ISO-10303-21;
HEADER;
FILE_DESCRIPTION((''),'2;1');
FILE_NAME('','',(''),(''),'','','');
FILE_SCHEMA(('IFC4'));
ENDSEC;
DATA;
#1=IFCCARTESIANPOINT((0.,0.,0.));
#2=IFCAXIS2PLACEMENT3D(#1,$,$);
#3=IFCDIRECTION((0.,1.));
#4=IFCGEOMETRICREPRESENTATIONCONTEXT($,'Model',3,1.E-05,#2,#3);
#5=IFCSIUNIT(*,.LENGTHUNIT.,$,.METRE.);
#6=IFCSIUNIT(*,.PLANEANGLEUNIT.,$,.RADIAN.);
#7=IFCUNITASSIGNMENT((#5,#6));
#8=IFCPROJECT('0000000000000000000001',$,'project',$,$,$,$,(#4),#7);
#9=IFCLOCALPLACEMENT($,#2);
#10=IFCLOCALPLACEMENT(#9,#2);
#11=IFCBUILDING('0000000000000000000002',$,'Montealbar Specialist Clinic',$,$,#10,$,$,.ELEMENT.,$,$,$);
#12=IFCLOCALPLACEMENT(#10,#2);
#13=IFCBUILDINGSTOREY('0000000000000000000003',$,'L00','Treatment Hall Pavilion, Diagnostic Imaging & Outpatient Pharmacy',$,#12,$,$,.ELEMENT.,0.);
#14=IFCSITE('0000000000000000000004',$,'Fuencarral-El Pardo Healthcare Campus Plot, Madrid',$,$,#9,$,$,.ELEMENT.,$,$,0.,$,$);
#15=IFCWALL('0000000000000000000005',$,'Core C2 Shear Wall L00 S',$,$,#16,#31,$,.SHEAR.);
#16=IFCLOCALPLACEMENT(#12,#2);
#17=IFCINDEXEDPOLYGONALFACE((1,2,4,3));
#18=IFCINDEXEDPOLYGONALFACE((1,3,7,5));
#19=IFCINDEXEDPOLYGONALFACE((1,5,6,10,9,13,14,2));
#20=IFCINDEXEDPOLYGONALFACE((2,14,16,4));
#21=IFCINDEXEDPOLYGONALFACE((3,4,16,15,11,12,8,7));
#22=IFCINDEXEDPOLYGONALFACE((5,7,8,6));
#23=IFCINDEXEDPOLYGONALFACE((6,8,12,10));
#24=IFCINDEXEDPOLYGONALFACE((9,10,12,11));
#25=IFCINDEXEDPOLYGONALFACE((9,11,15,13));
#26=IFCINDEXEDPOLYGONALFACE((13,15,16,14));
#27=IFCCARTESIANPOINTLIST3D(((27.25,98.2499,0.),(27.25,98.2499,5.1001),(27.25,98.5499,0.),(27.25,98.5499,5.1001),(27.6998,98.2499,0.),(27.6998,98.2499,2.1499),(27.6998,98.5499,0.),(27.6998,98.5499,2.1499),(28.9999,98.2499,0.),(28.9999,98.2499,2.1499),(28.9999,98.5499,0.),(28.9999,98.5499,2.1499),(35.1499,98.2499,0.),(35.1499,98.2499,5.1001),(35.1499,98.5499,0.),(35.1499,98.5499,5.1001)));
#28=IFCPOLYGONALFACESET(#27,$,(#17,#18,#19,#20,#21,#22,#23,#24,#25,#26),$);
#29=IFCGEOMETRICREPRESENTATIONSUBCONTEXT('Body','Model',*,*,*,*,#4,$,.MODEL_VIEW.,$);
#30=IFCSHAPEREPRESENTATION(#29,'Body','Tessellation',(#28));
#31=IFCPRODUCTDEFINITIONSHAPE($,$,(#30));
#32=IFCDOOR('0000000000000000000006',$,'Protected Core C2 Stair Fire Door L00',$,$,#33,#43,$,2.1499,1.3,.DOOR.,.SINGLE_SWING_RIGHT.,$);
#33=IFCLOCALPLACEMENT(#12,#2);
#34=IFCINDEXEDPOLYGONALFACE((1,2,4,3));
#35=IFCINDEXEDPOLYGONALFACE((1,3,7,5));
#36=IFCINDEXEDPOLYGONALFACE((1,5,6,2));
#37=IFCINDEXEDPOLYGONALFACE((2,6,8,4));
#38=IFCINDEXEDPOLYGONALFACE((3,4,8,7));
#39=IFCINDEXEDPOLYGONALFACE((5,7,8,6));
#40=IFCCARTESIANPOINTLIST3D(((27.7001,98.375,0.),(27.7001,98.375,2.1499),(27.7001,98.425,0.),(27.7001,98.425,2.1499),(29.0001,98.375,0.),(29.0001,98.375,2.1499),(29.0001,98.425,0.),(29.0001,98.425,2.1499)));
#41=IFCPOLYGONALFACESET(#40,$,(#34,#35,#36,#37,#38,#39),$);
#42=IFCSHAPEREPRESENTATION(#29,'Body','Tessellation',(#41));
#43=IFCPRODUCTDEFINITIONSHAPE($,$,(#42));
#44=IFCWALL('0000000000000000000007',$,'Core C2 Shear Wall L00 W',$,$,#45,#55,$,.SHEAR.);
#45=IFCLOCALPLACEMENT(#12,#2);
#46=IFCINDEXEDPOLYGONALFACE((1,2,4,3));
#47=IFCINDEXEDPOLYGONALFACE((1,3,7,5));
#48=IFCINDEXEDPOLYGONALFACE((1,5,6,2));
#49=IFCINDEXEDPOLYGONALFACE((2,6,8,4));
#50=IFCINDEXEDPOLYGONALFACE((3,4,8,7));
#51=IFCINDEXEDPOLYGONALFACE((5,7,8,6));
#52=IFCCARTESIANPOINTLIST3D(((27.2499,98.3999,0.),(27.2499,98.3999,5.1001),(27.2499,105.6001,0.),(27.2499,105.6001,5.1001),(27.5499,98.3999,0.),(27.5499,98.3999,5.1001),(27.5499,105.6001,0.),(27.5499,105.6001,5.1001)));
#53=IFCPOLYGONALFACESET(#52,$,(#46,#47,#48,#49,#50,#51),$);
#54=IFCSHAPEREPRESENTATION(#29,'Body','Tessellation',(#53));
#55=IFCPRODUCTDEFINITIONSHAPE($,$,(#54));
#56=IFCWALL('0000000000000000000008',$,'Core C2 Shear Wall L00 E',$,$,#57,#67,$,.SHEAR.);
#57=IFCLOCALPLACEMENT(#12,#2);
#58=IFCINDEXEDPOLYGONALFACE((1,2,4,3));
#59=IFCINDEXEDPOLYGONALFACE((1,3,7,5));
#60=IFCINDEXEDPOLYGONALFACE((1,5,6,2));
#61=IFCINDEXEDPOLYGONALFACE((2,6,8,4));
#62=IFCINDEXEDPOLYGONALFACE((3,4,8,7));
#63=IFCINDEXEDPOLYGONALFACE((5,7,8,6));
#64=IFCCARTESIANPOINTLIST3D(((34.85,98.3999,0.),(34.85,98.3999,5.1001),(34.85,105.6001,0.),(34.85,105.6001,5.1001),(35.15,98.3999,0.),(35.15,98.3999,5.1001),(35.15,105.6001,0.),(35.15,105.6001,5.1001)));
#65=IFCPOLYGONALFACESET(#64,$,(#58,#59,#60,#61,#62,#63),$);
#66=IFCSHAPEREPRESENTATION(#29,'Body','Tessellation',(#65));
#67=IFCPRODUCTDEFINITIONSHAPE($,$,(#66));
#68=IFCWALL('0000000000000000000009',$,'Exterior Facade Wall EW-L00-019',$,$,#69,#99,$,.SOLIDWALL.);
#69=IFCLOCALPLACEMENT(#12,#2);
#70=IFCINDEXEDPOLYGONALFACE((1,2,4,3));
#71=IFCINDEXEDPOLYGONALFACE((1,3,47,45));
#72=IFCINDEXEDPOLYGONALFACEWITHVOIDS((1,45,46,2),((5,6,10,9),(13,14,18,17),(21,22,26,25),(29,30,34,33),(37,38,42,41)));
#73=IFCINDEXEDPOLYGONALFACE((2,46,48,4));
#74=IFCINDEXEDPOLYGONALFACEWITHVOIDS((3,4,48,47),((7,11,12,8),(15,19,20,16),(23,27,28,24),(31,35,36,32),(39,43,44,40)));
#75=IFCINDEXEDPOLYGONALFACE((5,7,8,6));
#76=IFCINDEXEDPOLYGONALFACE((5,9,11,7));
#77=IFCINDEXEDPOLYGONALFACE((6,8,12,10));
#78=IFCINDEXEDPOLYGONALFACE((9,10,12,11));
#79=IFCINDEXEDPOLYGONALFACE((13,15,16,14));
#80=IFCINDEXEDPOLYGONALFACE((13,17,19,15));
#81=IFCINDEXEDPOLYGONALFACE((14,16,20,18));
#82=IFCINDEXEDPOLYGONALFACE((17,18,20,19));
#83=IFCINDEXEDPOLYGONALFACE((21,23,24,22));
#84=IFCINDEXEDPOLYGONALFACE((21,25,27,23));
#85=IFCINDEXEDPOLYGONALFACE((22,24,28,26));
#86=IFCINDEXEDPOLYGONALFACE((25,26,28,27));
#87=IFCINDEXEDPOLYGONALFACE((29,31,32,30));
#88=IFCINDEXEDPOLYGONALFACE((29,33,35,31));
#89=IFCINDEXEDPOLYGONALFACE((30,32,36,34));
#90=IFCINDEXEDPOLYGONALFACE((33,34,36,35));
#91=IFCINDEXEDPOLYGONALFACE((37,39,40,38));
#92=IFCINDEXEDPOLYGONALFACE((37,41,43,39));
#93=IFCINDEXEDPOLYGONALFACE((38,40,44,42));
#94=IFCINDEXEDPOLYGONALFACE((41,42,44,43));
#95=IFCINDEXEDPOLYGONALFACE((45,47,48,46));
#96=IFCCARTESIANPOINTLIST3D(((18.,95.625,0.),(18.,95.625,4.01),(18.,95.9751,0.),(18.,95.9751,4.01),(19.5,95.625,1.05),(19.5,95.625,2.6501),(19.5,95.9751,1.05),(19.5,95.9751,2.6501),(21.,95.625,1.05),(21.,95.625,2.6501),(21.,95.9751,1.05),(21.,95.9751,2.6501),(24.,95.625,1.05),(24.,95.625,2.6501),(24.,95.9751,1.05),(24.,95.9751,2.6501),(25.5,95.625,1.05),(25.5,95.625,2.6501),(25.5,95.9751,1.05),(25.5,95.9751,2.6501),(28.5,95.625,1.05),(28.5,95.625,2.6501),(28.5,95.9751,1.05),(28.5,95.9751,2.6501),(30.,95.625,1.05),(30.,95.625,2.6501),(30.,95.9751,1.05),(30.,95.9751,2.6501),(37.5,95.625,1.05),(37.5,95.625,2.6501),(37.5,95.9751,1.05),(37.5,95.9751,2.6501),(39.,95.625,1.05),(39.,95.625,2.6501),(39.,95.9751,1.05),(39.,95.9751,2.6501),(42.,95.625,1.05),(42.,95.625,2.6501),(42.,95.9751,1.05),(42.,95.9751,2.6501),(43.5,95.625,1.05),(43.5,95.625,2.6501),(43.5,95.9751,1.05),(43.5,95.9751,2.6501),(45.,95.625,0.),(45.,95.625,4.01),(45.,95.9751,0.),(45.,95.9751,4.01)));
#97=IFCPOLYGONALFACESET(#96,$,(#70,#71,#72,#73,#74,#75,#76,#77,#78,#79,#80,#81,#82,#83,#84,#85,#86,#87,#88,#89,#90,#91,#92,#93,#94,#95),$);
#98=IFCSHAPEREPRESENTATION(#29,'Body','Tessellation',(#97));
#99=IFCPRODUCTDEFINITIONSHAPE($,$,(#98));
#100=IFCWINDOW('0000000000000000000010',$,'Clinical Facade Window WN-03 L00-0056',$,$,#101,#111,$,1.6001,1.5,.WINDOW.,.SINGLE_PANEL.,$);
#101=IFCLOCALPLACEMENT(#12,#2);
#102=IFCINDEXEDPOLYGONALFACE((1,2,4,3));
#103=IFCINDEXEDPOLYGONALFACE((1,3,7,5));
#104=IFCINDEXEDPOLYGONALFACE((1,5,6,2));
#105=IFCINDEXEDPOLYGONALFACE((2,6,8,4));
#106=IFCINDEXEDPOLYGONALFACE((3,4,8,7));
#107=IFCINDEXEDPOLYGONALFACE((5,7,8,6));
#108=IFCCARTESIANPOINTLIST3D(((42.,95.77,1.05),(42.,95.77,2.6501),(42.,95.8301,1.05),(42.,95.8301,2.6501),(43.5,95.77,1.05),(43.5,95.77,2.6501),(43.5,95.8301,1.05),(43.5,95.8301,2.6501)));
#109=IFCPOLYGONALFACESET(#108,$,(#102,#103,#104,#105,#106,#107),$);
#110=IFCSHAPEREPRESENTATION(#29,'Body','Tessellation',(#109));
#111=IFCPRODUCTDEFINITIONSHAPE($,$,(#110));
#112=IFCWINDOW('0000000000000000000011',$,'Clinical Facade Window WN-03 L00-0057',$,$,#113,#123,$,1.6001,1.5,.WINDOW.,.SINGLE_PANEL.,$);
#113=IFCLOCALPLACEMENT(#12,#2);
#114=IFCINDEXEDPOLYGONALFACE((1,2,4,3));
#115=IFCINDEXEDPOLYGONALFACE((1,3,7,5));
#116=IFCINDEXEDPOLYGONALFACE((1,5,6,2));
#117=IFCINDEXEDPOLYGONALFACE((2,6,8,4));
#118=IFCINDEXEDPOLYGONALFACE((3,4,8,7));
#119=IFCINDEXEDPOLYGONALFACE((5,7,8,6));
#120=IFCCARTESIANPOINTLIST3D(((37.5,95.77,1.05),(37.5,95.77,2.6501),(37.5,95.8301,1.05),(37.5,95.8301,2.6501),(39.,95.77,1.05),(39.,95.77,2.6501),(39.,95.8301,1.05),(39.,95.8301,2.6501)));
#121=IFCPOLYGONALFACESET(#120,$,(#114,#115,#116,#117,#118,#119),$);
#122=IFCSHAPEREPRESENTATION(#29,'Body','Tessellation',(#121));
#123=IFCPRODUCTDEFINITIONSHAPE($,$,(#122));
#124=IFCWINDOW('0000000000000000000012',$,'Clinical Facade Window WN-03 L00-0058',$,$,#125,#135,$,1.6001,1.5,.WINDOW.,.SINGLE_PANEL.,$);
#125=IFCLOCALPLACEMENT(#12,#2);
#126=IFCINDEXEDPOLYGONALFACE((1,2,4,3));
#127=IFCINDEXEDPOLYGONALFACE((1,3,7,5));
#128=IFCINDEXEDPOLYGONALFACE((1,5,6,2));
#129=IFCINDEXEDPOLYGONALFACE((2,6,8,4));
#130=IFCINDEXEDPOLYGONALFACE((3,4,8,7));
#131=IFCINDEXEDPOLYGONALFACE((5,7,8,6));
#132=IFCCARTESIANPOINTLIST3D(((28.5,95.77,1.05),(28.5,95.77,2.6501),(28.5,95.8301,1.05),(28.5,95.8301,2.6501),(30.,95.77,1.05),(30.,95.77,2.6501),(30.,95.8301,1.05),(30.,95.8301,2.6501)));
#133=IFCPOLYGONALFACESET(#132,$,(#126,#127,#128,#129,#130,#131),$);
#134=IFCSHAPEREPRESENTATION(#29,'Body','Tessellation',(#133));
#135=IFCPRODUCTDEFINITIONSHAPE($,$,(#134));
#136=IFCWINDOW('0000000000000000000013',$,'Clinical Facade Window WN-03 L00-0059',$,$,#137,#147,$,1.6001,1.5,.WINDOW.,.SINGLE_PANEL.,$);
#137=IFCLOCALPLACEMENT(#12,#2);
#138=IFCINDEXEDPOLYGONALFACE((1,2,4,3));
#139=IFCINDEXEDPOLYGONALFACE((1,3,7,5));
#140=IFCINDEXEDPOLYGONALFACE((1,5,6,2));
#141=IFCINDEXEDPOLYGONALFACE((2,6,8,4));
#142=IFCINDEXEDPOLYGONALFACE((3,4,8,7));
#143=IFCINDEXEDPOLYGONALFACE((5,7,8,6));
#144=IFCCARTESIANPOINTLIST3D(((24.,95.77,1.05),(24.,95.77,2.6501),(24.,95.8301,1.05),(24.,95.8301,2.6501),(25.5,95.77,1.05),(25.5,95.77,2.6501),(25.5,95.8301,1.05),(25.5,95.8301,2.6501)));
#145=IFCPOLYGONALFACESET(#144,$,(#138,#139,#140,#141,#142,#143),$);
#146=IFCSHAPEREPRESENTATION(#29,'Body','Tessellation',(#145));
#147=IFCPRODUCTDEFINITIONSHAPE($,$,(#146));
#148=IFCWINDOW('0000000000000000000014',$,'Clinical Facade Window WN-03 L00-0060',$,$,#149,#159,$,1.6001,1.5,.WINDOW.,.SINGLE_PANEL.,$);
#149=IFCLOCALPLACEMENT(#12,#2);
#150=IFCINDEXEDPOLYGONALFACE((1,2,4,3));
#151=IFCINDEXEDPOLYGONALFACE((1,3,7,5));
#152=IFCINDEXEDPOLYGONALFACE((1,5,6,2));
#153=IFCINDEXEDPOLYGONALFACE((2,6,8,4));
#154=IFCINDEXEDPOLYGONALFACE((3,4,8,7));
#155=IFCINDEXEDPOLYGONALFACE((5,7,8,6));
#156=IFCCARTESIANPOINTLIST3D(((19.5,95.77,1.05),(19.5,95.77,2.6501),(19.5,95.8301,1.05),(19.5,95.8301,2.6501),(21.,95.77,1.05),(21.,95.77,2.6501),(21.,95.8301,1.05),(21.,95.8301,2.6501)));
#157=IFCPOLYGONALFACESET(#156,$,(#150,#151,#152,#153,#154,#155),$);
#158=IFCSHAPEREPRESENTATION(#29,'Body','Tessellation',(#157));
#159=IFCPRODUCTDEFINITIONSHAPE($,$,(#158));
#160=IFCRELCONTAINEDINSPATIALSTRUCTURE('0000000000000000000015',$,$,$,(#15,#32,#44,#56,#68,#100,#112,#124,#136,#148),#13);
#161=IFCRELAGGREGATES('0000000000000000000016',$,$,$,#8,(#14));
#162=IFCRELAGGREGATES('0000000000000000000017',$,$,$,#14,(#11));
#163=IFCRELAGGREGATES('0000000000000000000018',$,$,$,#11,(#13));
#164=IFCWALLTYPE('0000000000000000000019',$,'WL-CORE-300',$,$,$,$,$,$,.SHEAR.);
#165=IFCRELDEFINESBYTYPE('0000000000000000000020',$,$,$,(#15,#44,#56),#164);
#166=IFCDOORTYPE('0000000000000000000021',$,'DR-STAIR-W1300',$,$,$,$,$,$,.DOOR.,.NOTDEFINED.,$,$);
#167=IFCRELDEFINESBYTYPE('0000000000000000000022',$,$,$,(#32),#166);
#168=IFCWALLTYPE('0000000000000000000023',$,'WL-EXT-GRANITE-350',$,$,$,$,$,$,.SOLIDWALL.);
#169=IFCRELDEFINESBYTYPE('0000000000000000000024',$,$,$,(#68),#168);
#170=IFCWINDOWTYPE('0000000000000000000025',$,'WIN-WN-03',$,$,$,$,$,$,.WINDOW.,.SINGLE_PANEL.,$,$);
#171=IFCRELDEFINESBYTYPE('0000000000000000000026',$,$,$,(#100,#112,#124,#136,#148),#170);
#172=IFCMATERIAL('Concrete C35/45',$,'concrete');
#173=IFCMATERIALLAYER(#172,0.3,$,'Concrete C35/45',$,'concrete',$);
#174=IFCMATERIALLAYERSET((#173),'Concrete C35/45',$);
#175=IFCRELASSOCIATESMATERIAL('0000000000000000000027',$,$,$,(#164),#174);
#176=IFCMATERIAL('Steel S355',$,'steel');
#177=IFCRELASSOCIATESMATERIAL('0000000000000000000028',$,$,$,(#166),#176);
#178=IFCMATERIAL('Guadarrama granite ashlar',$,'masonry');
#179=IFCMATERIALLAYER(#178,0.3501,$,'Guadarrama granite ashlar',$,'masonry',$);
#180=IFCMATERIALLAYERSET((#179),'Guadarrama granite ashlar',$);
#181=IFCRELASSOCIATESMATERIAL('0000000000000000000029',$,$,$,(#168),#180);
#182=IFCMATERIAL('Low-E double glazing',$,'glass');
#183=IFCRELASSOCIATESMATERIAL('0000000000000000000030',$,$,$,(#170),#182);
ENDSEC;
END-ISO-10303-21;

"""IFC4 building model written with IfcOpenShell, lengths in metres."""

from ifc_helpers import new_model, si_unit, direction, frame, frame_2d, origin, place, context, subcontext, project, spatial, rectangle, extrude, material, layer, layer_set, type_object, element, fill, save


model = new_model("IFC4")

# Units and contexts
model_context = context("Model", 3, precision=1e-05, world=origin(), true_north=direction((0.0, 1.0)))
body_context = subcontext(model_context, "Body", "Model", "MODEL_VIEW")
ifc_project = project(units=[si_unit("LENGTHUNIT", "METRE"), si_unit("PLANEANGLEUNIT", "RADIAN")], contexts=[model_context])

# Site, building, storey
site_placement = place(None, origin())
site = spatial("IfcSite", under=ifc_project, at=site_placement, Name="Fuencarral-El Pardo Healthcare Campus Plot, Madrid", CompositionType="ELEMENT", RefElevation=0.0)
building_placement = place(site_placement, origin())
building = spatial("IfcBuilding", under=site, at=building_placement, Name="Montealbar Specialist Clinic", CompositionType="ELEMENT")
storey_placement = place(building_placement, origin())
storey = spatial("IfcBuildingStorey", under=building, at=storey_placement, Name="L00", Description="Treatment Hall Pavilion, Diagnostic Imaging & Outpatient Pharmacy", CompositionType="ELEMENT", Elevation=0.0)

# Shared definitions
ifc_material_1 = material(Name="Concrete C35/45", Category="concrete")

# Shared definitions
ifc_material_2 = material(Name="Steel S355", Category="steel")

# Wall, opening, door
ifc_layer_1 = layer(ifc_material_1, 0.3, Name="Concrete C35/45", Category="concrete")
ifc_layer_set_1 = layer_set([ifc_layer_1], Name="Concrete C35/45")
wall_type_1 = type_object("IfcWallType", Name="WL-CORE-300", PredefinedType="SHEAR", material=ifc_layer_set_1)
wall_1_placement = place(storey_placement, frame((27.25, 98.3999, 0.0), z_axis=(0.0, 0.0, 1.0), x_axis=(1.0, 0.0, 0.0)))
wall_1 = element("IfcWall", 1, at=wall_1_placement, inside=storey, type_object=wall_type_1, Name="Core C2 Shear Wall L00 S", PredefinedType="SHEAR", context=body_context, shape_type="SweptSolid", body=[
    extrude(rectangle(XDim=7.8999, YDim=0.3, at=frame_2d((3.95, 0.0))), origin(), (0.0, 0.0, 1.0), 5.1001),
])
opening_1_placement = place(wall_1_placement, frame((0.45, 0.0, 0.0)))
opening_1 = element("IfcOpeningElement", 2, at=opening_1_placement, cuts=wall_1, PredefinedType="OPENING", context=body_context, shape_type="SweptSolid", body=[
    extrude(rectangle(XDim=1.3, YDim=2.1499, at=frame_2d((0.6499, 1.075))), frame((0.0, 0.1599, 0.0), z_axis=(0.0, -1.0, 0.0), x_axis=(1.0, 0.0, 0.0)), (0.0, 0.0, 1.0), 0.3201),
])
door_type_1 = type_object("IfcDoorType", Name="DR-STAIR-W1300", OperationType="NOTDEFINED", PredefinedType="DOOR", material=ifc_material_2)
door_1_placement = place(opening_1_placement, frame((1.3, 0.0, 0.0), z_axis=(0.0, 0.0, 1.0), x_axis=(-1.0, 0.0, 0.0)))
door_1 = element("IfcDoor", 3, at=door_1_placement, inside=storey, type_object=door_type_1, Name="Protected Core C2 Stair Fire Door L00", OperationType="SINGLE_SWING_RIGHT", OverallHeight=2.1499, OverallWidth=1.3, PredefinedType="DOOR", context=body_context, shape_type="SweptSolid", body=[
    extrude(rectangle(XDim=1.3, YDim=2.1499, at=frame_2d((0.6499, 1.075))), frame((0.0, 0.0249, 0.0), z_axis=(0.0, -1.0, 0.0), x_axis=(1.0, 0.0, 0.0)), (0.0, 0.0, 1.0), 0.05),
])
fill(opening_1, door_1)

# Walls
for number, where, z_axis, x_axis, name in (
    (4, (27.3999, 98.3999, 0.0), (0.0, 0.0, 1.0), (0.0, 1.0, 0.0), "Core C2 Shear Wall L00 W"),
    (5, (35.0, 98.3999, 0.0), (0.0, 0.0, 1.0), (0.0, 1.0, 0.0), "Core C2 Shear Wall L00 E"),
):
    element("IfcWall", number, at=place(storey_placement, frame(where, z_axis=z_axis, x_axis=x_axis)), inside=storey, type_object=wall_type_1, Name=name, PredefinedType="SHEAR", context=body_context, shape_type="SweptSolid", body=[
        extrude(rectangle(XDim=7.2002, YDim=0.3, at=frame_2d((3.6001, 0.0))), origin(), (0.0, 0.0, 1.0), 5.1001),
    ])

# Wall, openings, windows
ifc_material_3 = material(Name="Guadarrama granite ashlar", Category="masonry")
ifc_layer_2 = layer(ifc_material_3, 0.3501, Name="Guadarrama granite ashlar", Category="masonry")
ifc_layer_set_2 = layer_set([ifc_layer_2], Name="Guadarrama granite ashlar")
wall_type_2 = type_object("IfcWallType", Name="WL-EXT-GRANITE-350", PredefinedType="SOLIDWALL", material=ifc_layer_set_2)
wall_2_placement = place(storey_placement, frame((45.0, 95.8, 0.0), z_axis=(0.0, 0.0, 1.0), x_axis=(-1.0, 0.0, 0.0)))
wall_2 = element("IfcWall", 6, at=wall_2_placement, inside=storey, type_object=wall_type_2, Name="Exterior Facade Wall EW-L00-019", PredefinedType="SOLIDWALL", context=body_context, shape_type="SweptSolid", body=[
    extrude(rectangle(XDim=27.0, YDim=0.3501, at=frame_2d((13.5, 0.0))), origin(), (0.0, 0.0, 1.0), 4.01),
])
opening_2_placement = place(wall_2_placement, frame((1.5, 0.0, 1.05)))
opening_2 = element("IfcOpeningElement", 7, at=opening_2_placement, cuts=wall_2, PredefinedType="OPENING", context=body_context, shape_type="SweptSolid", body=[
    extrude(rectangle(XDim=1.5, YDim=1.6001, at=frame_2d((0.75, 0.8))), frame((0.0, 0.1851, 0.0), z_axis=(0.0, -1.0, 0.0), x_axis=(1.0, 0.0, 0.0)), (0.0, 0.0, 1.0), 0.3701),
])
opening_3_placement = place(wall_2_placement, frame((6.0, 0.0, 1.05)))
opening_3 = element("IfcOpeningElement", 8, at=opening_3_placement, cuts=wall_2, PredefinedType="OPENING", context=body_context, shape_type="SweptSolid", body=[
    extrude(rectangle(XDim=1.5, YDim=1.6001, at=frame_2d((0.75, 0.8))), frame((0.0, 0.1851, 0.0), z_axis=(0.0, -1.0, 0.0), x_axis=(1.0, 0.0, 0.0)), (0.0, 0.0, 1.0), 0.3701),
])
opening_4_placement = place(wall_2_placement, frame((15.0, 0.0, 1.05)))
opening_4 = element("IfcOpeningElement", 9, at=opening_4_placement, cuts=wall_2, PredefinedType="OPENING", context=body_context, shape_type="SweptSolid", body=[
    extrude(rectangle(XDim=1.5, YDim=1.6001, at=frame_2d((0.75, 0.8))), frame((0.0, 0.1851, 0.0), z_axis=(0.0, -1.0, 0.0), x_axis=(1.0, 0.0, 0.0)), (0.0, 0.0, 1.0), 0.3701),
])
opening_5_placement = place(wall_2_placement, frame((19.5, 0.0, 1.05)))
opening_5 = element("IfcOpeningElement", 10, at=opening_5_placement, cuts=wall_2, PredefinedType="OPENING", context=body_context, shape_type="SweptSolid", body=[
    extrude(rectangle(XDim=1.5, YDim=1.6001, at=frame_2d((0.75, 0.8))), frame((0.0, 0.1851, 0.0), z_axis=(0.0, -1.0, 0.0), x_axis=(1.0, 0.0, 0.0)), (0.0, 0.0, 1.0), 0.3701),
])
opening_6_placement = place(wall_2_placement, frame((24.0, 0.0, 1.05)))
opening_6 = element("IfcOpeningElement", 11, at=opening_6_placement, cuts=wall_2, PredefinedType="OPENING", context=body_context, shape_type="SweptSolid", body=[
    extrude(rectangle(XDim=1.5, YDim=1.6001, at=frame_2d((0.75, 0.8))), frame((0.0, 0.1851, 0.0), z_axis=(0.0, -1.0, 0.0), x_axis=(1.0, 0.0, 0.0)), (0.0, 0.0, 1.0), 0.3701),
])
ifc_material_4 = material(Name="Low-E double glazing", Category="glass")
window_type = type_object("IfcWindowType", Name="WIN-WN-03", PartitioningType="SINGLE_PANEL", PredefinedType="WINDOW", material=ifc_material_4)
window_1_placement = place(opening_2_placement, origin())
window_1 = element("IfcWindow", 12, at=window_1_placement, inside=storey, type_object=window_type, Name="Clinical Facade Window WN-03 L00-0056", OverallHeight=1.6001, OverallWidth=1.5, PartitioningType="SINGLE_PANEL", PredefinedType="WINDOW", context=body_context, shape_type="SweptSolid", body=[
    extrude(rectangle(XDim=1.5, YDim=1.6001, at=frame_2d((0.75, 0.8))), frame((0.0, 0.03, 0.0), z_axis=(0.0, -1.0, 0.0), x_axis=(1.0, 0.0, 0.0)), (0.0, 0.0, 1.0), 0.0601),
])
fill(opening_2, window_1)
window_2_placement = place(opening_3_placement, origin())
window_2 = element("IfcWindow", 13, at=window_2_placement, inside=storey, type_object=window_type, Name="Clinical Facade Window WN-03 L00-0057", OverallHeight=1.6001, OverallWidth=1.5, PartitioningType="SINGLE_PANEL", PredefinedType="WINDOW", context=body_context, shape_type="SweptSolid", body=[
    extrude(rectangle(XDim=1.5, YDim=1.6001, at=frame_2d((0.75, 0.8))), frame((0.0, 0.03, 0.0), z_axis=(0.0, -1.0, 0.0), x_axis=(1.0, 0.0, 0.0)), (0.0, 0.0, 1.0), 0.0601),
])
fill(opening_3, window_2)
window_3_placement = place(opening_4_placement, origin())
window_3 = element("IfcWindow", 14, at=window_3_placement, inside=storey, type_object=window_type, Name="Clinical Facade Window WN-03 L00-0058", OverallHeight=1.6001, OverallWidth=1.5, PartitioningType="SINGLE_PANEL", PredefinedType="WINDOW", context=body_context, shape_type="SweptSolid", body=[
    extrude(rectangle(XDim=1.5, YDim=1.6001, at=frame_2d((0.75, 0.8))), frame((0.0, 0.03, 0.0), z_axis=(0.0, -1.0, 0.0), x_axis=(1.0, 0.0, 0.0)), (0.0, 0.0, 1.0), 0.0601),
])
fill(opening_4, window_3)
window_4_placement = place(opening_5_placement, origin())
window_4 = element("IfcWindow", 15, at=window_4_placement, inside=storey, type_object=window_type, Name="Clinical Facade Window WN-03 L00-0059", OverallHeight=1.6001, OverallWidth=1.5, PartitioningType="SINGLE_PANEL", PredefinedType="WINDOW", context=body_context, shape_type="SweptSolid", body=[
    extrude(rectangle(XDim=1.5, YDim=1.6001, at=frame_2d((0.75, 0.8))), frame((0.0, 0.03, 0.0), z_axis=(0.0, -1.0, 0.0), x_axis=(1.0, 0.0, 0.0)), (0.0, 0.0, 1.0), 0.0601),
])
fill(opening_5, window_4)
window_5_placement = place(opening_6_placement, origin())
window_5 = element("IfcWindow", 16, at=window_5_placement, inside=storey, type_object=window_type, Name="Clinical Facade Window WN-03 L00-0060", OverallHeight=1.6001, OverallWidth=1.5, PartitioningType="SINGLE_PANEL", PredefinedType="WINDOW", context=body_context, shape_type="SweptSolid", body=[
    extrude(rectangle(XDim=1.5, YDim=1.6001, at=frame_2d((0.75, 0.8))), frame((0.0, 0.03, 0.0), z_axis=(0.0, -1.0, 0.0), x_axis=(1.0, 0.0, 0.0)), (0.0, 0.0, 1.0), 0.0601),
])
fill(opening_6, window_5)

save(model, "model.ifc")
